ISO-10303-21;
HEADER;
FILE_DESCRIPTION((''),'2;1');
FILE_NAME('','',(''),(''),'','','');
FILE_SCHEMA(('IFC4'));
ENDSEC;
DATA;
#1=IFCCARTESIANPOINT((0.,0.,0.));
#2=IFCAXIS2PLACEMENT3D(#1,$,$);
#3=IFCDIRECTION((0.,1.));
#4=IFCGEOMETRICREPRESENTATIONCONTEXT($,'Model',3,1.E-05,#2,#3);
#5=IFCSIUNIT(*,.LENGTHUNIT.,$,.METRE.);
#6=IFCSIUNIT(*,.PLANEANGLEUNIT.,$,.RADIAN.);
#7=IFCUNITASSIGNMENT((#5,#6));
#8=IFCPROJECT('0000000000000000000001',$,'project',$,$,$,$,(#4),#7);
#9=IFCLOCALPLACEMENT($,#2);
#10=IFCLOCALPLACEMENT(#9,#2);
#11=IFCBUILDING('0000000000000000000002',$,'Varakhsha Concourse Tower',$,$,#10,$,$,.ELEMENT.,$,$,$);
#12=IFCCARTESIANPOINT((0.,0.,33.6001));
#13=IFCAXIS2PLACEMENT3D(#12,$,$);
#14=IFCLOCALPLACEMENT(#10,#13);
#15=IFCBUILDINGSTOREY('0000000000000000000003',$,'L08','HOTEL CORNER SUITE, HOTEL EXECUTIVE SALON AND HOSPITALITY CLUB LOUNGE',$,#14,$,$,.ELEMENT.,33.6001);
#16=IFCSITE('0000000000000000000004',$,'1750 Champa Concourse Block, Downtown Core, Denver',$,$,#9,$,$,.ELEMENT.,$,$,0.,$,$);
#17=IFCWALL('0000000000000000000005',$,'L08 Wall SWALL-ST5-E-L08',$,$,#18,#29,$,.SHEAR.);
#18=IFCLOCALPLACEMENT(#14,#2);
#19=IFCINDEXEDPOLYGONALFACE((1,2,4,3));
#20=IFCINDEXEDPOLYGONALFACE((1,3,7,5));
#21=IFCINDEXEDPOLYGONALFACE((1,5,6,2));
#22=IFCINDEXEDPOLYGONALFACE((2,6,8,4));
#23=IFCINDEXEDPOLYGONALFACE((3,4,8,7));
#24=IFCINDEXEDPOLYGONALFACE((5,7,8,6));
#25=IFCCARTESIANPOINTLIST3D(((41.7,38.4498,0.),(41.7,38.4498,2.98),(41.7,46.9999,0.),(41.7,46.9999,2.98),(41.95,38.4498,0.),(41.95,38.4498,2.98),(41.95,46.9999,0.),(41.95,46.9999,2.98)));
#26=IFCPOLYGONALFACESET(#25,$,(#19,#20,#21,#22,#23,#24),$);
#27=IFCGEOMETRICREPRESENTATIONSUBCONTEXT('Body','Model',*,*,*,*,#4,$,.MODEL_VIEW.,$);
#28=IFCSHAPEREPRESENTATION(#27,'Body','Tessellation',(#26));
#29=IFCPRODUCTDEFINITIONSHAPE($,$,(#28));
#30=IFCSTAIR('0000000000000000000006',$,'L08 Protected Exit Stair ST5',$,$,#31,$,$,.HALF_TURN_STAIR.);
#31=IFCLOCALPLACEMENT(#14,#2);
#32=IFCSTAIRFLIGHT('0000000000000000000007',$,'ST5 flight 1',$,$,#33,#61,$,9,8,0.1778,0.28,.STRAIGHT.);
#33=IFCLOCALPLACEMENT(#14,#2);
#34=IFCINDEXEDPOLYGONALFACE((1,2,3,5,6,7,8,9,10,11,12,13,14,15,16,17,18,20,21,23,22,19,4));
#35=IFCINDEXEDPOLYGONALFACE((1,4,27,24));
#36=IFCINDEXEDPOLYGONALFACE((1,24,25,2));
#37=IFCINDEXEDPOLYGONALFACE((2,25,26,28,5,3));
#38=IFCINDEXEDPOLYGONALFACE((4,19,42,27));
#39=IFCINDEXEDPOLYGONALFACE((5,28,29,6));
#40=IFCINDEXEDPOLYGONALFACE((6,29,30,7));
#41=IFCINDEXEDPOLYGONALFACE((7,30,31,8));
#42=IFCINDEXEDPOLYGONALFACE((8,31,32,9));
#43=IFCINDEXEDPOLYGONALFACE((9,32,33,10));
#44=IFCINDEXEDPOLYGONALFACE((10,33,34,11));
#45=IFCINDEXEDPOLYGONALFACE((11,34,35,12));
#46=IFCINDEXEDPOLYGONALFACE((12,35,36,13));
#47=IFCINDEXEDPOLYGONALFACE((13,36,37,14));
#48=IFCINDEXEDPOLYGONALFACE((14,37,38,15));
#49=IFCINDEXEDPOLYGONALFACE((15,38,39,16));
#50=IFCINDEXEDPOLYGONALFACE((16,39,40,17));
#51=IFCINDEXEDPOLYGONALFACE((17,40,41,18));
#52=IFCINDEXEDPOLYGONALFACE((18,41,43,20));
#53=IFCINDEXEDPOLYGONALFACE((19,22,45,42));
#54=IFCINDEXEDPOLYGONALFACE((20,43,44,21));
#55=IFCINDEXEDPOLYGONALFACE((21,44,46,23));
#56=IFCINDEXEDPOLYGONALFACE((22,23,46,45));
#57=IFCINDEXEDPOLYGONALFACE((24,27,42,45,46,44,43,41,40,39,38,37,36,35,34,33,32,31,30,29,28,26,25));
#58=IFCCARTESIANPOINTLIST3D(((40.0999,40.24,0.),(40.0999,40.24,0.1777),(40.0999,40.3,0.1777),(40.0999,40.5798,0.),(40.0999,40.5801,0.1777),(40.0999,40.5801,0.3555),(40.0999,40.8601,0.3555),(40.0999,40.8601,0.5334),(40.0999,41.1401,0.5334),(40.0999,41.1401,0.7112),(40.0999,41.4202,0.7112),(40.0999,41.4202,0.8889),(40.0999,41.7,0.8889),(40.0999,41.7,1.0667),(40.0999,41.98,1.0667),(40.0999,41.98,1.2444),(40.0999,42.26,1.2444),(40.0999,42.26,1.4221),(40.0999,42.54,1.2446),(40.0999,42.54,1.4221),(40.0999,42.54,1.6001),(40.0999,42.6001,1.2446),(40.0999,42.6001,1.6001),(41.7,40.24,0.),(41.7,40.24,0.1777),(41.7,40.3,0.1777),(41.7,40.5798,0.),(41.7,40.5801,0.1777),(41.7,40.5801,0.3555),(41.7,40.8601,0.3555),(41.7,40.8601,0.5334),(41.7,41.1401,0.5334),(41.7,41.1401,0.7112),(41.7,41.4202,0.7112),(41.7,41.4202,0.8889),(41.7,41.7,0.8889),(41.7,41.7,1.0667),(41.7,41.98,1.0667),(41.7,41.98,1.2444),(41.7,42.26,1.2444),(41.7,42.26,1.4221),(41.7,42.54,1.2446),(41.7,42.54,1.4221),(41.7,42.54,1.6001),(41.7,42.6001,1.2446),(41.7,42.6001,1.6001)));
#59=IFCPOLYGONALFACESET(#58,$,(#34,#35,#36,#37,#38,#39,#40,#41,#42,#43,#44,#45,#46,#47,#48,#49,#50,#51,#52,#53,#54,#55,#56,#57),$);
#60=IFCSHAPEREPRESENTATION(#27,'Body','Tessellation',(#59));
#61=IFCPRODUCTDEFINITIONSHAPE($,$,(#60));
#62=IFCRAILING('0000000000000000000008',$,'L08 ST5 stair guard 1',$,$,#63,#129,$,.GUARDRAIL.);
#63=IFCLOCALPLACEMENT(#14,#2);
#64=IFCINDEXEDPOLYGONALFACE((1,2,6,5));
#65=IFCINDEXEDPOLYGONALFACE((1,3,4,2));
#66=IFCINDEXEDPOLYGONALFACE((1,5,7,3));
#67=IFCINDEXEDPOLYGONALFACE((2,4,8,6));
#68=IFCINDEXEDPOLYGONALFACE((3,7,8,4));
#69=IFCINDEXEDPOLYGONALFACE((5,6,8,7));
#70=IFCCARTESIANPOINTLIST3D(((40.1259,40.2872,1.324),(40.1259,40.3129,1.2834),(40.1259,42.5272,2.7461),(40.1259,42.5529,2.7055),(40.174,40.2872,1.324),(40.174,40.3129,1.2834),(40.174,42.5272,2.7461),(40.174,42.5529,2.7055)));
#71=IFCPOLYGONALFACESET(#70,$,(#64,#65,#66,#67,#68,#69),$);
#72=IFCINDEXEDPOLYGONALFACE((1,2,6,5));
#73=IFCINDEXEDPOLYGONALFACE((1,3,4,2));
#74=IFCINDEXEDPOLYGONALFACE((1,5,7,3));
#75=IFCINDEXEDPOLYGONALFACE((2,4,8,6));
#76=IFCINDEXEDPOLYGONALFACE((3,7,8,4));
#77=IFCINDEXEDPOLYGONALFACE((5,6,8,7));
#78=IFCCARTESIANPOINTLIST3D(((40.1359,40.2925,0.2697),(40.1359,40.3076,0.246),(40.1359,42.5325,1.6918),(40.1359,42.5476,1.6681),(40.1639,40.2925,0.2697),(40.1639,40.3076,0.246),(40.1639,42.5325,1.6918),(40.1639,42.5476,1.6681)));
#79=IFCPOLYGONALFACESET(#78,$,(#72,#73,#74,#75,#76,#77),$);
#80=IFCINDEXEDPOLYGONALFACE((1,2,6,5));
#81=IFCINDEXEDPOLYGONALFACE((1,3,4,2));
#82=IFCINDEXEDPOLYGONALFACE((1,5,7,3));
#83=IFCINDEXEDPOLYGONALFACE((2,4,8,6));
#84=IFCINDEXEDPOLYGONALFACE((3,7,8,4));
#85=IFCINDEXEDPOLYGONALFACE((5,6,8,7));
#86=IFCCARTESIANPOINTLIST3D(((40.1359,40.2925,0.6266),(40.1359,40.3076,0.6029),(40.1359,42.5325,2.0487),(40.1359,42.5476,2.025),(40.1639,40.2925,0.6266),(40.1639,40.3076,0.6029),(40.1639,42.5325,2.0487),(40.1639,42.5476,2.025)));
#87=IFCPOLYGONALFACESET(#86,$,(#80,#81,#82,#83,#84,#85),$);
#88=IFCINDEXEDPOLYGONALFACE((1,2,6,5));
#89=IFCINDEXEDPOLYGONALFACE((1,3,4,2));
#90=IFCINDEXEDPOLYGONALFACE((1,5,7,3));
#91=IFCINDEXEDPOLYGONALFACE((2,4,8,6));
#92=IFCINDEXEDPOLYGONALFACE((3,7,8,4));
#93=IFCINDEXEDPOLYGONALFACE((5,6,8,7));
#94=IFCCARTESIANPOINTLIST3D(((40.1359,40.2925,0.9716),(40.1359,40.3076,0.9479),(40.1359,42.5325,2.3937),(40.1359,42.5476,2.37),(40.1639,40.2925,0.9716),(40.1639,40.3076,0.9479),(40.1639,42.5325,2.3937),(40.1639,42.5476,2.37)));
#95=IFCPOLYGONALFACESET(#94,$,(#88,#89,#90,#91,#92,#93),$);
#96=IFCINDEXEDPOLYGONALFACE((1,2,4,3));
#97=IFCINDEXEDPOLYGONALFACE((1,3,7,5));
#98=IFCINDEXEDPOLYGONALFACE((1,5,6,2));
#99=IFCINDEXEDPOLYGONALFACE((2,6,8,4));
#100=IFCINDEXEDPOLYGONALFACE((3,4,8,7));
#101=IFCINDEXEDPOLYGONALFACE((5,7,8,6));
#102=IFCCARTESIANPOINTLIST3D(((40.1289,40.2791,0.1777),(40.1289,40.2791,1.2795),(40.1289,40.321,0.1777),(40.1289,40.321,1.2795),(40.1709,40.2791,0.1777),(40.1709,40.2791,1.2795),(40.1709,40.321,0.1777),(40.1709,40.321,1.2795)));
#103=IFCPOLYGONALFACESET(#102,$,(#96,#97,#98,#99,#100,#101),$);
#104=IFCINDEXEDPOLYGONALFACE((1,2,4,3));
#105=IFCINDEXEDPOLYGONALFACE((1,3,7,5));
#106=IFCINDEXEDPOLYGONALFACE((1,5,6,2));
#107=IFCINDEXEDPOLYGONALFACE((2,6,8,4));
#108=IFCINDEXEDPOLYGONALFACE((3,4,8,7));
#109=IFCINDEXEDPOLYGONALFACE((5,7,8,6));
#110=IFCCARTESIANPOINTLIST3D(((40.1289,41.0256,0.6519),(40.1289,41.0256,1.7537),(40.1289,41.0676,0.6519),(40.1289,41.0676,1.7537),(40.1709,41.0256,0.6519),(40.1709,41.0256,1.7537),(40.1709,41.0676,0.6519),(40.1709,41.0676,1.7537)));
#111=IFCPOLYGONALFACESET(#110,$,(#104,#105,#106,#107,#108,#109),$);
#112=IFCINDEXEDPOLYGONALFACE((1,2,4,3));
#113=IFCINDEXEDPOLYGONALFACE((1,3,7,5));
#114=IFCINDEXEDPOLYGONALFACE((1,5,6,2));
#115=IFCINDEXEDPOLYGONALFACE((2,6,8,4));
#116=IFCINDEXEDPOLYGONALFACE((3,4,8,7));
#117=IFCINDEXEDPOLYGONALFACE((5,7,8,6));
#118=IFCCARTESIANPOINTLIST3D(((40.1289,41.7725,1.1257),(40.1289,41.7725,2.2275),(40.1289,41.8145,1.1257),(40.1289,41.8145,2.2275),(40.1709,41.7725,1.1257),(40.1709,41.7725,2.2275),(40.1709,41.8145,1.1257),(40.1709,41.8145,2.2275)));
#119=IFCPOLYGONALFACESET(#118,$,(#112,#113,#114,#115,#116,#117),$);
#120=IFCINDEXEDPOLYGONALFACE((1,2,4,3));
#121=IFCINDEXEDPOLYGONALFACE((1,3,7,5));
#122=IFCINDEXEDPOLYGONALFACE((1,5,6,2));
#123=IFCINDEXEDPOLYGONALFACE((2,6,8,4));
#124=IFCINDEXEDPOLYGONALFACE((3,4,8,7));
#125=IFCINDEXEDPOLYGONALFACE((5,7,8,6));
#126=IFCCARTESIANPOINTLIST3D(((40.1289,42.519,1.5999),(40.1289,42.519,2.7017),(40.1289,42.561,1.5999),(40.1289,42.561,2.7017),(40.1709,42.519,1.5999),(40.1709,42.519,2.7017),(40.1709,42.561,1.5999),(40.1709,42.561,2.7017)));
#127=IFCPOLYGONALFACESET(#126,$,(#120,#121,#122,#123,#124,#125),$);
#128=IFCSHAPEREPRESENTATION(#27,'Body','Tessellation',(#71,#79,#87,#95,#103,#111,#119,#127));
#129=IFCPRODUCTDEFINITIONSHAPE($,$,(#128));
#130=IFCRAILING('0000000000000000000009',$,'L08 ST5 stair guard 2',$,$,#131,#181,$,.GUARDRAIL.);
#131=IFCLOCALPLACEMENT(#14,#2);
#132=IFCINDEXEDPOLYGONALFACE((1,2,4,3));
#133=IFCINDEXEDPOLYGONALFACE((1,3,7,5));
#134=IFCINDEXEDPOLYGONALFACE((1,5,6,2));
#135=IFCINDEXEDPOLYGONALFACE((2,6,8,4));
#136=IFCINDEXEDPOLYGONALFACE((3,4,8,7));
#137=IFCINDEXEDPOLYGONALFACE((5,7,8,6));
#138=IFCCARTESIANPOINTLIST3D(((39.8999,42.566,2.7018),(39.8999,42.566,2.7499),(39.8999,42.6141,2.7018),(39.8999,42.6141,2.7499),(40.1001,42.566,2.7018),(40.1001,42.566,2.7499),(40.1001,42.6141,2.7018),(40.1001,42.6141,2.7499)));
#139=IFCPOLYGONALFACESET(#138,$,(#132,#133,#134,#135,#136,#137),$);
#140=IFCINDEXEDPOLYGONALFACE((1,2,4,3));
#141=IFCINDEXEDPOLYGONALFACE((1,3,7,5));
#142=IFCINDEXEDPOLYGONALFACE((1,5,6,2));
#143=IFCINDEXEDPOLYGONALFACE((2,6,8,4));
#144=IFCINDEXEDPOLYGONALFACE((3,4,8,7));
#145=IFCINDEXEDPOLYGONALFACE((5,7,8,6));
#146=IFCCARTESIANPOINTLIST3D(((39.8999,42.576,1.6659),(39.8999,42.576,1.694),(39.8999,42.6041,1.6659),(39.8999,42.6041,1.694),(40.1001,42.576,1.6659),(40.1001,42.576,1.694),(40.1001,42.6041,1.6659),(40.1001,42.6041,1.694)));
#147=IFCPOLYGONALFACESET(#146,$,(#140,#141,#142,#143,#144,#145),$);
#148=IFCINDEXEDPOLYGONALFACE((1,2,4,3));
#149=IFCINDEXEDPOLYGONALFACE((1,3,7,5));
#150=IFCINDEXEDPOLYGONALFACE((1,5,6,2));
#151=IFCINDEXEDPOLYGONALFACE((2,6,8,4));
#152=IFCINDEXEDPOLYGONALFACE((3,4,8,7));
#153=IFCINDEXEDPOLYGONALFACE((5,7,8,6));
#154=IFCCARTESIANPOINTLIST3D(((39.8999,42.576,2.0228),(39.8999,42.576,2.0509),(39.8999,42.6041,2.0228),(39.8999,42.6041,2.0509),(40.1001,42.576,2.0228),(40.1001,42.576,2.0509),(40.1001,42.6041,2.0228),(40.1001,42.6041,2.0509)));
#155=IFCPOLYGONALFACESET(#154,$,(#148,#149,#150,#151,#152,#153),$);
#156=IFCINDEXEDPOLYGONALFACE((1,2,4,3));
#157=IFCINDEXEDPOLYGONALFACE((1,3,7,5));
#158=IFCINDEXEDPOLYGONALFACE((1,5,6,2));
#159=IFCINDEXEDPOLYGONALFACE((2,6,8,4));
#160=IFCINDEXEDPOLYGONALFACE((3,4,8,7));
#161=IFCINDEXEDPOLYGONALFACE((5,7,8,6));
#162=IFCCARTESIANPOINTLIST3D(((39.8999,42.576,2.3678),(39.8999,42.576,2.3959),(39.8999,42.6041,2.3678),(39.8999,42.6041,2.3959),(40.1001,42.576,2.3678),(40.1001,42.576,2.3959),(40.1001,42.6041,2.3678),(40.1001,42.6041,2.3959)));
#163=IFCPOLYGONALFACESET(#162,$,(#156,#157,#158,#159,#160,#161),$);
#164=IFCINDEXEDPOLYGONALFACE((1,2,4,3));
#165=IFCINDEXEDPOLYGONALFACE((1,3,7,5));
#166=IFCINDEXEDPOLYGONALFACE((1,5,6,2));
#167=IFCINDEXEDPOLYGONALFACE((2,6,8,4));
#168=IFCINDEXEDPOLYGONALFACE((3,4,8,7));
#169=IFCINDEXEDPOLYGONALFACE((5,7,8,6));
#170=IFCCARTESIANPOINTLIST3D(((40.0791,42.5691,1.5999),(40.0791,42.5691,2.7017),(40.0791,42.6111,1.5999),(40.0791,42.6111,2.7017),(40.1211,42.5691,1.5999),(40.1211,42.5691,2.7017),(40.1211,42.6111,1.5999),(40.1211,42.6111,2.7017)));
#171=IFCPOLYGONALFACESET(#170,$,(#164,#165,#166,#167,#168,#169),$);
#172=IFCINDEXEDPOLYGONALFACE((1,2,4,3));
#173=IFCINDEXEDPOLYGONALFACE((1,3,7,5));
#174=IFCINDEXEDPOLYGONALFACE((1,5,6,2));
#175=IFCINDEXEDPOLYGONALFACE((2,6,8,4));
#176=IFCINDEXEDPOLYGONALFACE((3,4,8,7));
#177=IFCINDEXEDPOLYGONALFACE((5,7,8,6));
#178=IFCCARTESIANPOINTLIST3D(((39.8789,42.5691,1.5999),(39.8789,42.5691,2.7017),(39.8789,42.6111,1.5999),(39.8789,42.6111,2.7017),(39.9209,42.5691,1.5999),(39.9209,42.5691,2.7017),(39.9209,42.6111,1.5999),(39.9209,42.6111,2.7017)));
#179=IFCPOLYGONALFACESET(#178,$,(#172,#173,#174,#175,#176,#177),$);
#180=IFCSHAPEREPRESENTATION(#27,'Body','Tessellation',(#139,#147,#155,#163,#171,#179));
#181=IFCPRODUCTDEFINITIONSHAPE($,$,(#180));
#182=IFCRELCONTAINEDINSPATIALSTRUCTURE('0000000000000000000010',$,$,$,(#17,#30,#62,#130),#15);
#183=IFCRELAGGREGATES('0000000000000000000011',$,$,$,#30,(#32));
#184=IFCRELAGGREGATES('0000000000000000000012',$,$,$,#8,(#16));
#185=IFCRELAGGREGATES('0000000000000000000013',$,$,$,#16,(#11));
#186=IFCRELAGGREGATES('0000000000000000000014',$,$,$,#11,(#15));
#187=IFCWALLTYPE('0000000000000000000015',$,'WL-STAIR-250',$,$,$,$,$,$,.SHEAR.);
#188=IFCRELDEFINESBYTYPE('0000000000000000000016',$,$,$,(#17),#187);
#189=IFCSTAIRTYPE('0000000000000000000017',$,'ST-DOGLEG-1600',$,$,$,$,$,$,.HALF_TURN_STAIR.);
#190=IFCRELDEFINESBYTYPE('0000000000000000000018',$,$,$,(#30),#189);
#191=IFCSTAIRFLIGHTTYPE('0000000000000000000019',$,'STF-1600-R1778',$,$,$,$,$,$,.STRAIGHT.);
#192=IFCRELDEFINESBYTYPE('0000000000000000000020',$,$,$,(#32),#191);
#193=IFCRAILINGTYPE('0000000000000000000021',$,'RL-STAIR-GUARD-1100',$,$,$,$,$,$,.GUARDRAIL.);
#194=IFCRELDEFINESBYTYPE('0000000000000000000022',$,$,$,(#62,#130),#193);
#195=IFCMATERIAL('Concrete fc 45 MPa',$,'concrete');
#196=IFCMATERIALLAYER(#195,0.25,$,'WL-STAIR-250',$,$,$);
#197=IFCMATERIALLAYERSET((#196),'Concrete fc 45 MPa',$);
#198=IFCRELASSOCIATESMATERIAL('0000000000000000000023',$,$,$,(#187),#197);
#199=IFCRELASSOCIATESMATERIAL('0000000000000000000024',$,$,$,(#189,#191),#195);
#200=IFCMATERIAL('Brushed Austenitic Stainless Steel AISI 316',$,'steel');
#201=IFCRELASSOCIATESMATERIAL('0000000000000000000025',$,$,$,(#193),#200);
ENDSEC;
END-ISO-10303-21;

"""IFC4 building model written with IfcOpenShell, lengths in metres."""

from ifc_helpers import new_model, si_unit, direction, frame, frame_2d, origin, origin_2d, place, context, subcontext, project, spatial, polyline, rectangle, outline, extrude, material, layer, layer_set, type_object, element, aggregate, save


model = new_model("IFC4")

# Units and contexts
model_context = context("Model", 3, precision=1e-05, world=origin(), true_north=direction((0.0, 1.0)))
body_context = subcontext(model_context, "Body", "Model", "MODEL_VIEW")
ifc_project = project(units=[si_unit("LENGTHUNIT", "METRE"), si_unit("PLANEANGLEUNIT", "RADIAN")], contexts=[model_context])

# Site, building, storey
site_placement = place(None, origin())
site = spatial("IfcSite", under=ifc_project, at=site_placement, Name="1750 Champa Concourse Block, Downtown Core, Denver", CompositionType="ELEMENT", RefElevation=0.0)
building_placement = place(site_placement, origin())
building = spatial("IfcBuilding", under=site, at=building_placement, Name="Varakhsha Concourse Tower", CompositionType="ELEMENT")
storey_placement = place(building_placement, frame((0.0, 0.0, 33.6001)))
storey = spatial("IfcBuildingStorey", under=building, at=storey_placement, Name="L08", Description="HOTEL CORNER SUITE, HOTEL EXECUTIVE SALON AND HOSPITALITY CLUB LOUNGE", CompositionType="ELEMENT", Elevation=33.6001)

# Shared definitions
ifc_material_1 = material(Name="Concrete fc 45 MPa", Category="concrete")

# Wall
ifc_layer_1 = layer(ifc_material_1, 0.25, Name="WL-STAIR-250")
ifc_layer_set_1 = layer_set([ifc_layer_1], Name="Concrete fc 45 MPa")
wall_type_1 = type_object("IfcWallType", Name="WL-STAIR-250", PredefinedType="SHEAR", material=ifc_layer_set_1)
wall_1_placement = place(storey_placement, frame((41.825, 38.45, 0.0), z_axis=(0.0, 0.0, 1.0), x_axis=(0.0, 1.0, 0.0)))
element("IfcWall", 1, at=wall_1_placement, inside=storey, type_object=wall_type_1, Name="L08 Wall SWALL-ST5-E-L08", PredefinedType="SHEAR", context=body_context, shape_type="SweptSolid", body=[
    extrude(rectangle(XDim=8.55, YDim=0.25, at=frame_2d((4.2749, 0.0))), origin(), (0.0, 0.0, 1.0), 2.98),
])

# Stair, stair flight
stair_type = type_object("IfcStairType", Name="ST-DOGLEG-1600", PredefinedType="HALF_TURN_STAIR", material=ifc_material_1)
stair_placement = place(storey_placement, origin())
stair = element("IfcStair", 2, at=stair_placement, inside=storey, type_object=stair_type, Name="L08 Protected Exit Stair ST5", PredefinedType="HALF_TURN_STAIR")
stair_flight_type = type_object("IfcStairFlightType", Name="STF-1600-R1778", PredefinedType="STRAIGHT", material=ifc_material_1)
stair_flight_placement = place(storey_placement, frame((40.8999, 40.3, 0.0), z_axis=(0.0, 0.0, 1.0), x_axis=(0.0, 1.0, 0.0)))
stair_flight = element("IfcStairFlight", 3, at=stair_flight_placement, type_object=stair_flight_type, Name="ST5 flight 1", NumberOfRisers=9, NumberOfTreads=8, PredefinedType="STRAIGHT", RiserHeight=0.1778, TreadLength=0.28, context=body_context, shape_type="SweptSolid", body=[
    extrude(outline(polyline([(-0.0601, 0.0), (-0.0601, 0.1777), (0.0, 0.1777), (0.28, 0.1777), (0.28, 0.3555), (0.5601, 0.3555), (0.5601, 0.5334), (0.8401, 0.5334), (0.8401, 0.7112), (1.1201, 0.7112), (1.1201, 0.8889), (1.3999, 0.8889), (1.3999, 1.0667), (1.6799, 1.0667), (1.6799, 1.2444), (1.96, 1.2444), (1.96, 1.4221), (2.24, 1.4221), (2.24, 1.6001), (2.3, 1.6001), (2.3, 1.2446), (2.24, 1.2446), (0.2798, 0.0), (-0.0601, 0.0)])), frame((0.0, 0.8, 0.0), z_axis=(0.0, -1.0, 0.0), x_axis=(1.0, 0.0, 0.0)), (0.0, 0.0, 1.0), 1.6001),
])
aggregate(stair, [stair_flight])

# Railings
ifc_material_2 = material(Name="Brushed Austenitic Stainless Steel AISI 316", Category="steel")
railing_type_1 = type_object("IfcRailingType", Name="RL-STAIR-GUARD-1100", PredefinedType="GUARDRAIL", material=ifc_material_2)
railing_1_placement = place(storey_placement, frame((40.1499, 40.3, 0.1777)))
element("IfcRailing", 4, at=railing_1_placement, inside=storey, type_object=railing_type_1, Name="L08 ST5 stair guard 1", PredefinedType="GUARDRAIL", context=body_context, shape_type="SweptSolid", body=[
    extrude(rectangle(XDim=0.0481, YDim=0.0481, at=origin_2d()), frame((0.0, 0.0, 1.126), z_axis=(0.0, 0.844229, 0.535982), x_axis=(-1.0, 0.0, 0.0)), (0.0, 0.0, 1.0), 2.6533),
    extrude(rectangle(XDim=0.0281, YDim=0.0281, at=origin_2d()), frame((0.0, 0.0, 0.0801), z_axis=(0.0, 0.844229, 0.535982), x_axis=(-1.0, 0.0, 0.0)), (0.0, 0.0, 1.0), 2.6533),
    extrude(rectangle(XDim=0.0281, YDim=0.0281, at=origin_2d()), frame((0.0, 0.0, 0.437), z_axis=(0.0, 0.844229, 0.535982), x_axis=(-1.0, 0.0, 0.0)), (0.0, 0.0, 1.0), 2.6533),
    extrude(rectangle(XDim=0.0281, YDim=0.0281, at=origin_2d()), frame((0.0, 0.0, 0.782), z_axis=(0.0, 0.844229, 0.535982), x_axis=(-1.0, 0.0, 0.0)), (0.0, 0.0, 1.0), 2.6533),
    extrude(rectangle(XDim=0.042, YDim=0.042, at=origin_2d()), origin(), (0.0, 0.0, 1.0), 1.1018),
    extrude(rectangle(XDim=0.042, YDim=0.042, at=origin_2d()), frame((0.0, 0.7466, 0.4741)), (0.0, 0.0, 1.0), 1.1018),
    extrude(rectangle(XDim=0.042, YDim=0.042, at=origin_2d()), frame((0.0, 1.4934, 0.948)), (0.0, 0.0, 1.0), 1.1018),
    extrude(rectangle(XDim=0.042, YDim=0.042, at=origin_2d()), frame((0.0, 2.24, 1.4221)), (0.0, 0.0, 1.0), 1.1018),
])
for number, where, name in (
    (5, (40.1001, 42.5901, 1.5999), "L08 ST5 stair guard 2"),
):
    element("IfcRailing", number, at=place(storey_placement, frame(where)), inside=storey, type_object=railing_type_1, Name=name, PredefinedType="GUARDRAIL", context=body_context, shape_type="SweptSolid", body=[
        extrude(rectangle(XDim=0.0481, YDim=0.0481, at=origin_2d()), frame((0.0, 0.0, 1.126), z_axis=(-1.0, 0.0, 0.0), x_axis=(0.0, -1.0, 0.0)), (0.0, 0.0, 1.0), 0.2002),
        extrude(rectangle(XDim=0.0281, YDim=0.0281, at=origin_2d()), frame((0.0, 0.0, 0.0801), z_axis=(-1.0, 0.0, 0.0), x_axis=(0.0, -1.0, 0.0)), (0.0, 0.0, 1.0), 0.2002),
        extrude(rectangle(XDim=0.0281, YDim=0.0281, at=origin_2d()), frame((0.0, 0.0, 0.437), z_axis=(-1.0, 0.0, 0.0), x_axis=(0.0, -1.0, 0.0)), (0.0, 0.0, 1.0), 0.2002),
        extrude(rectangle(XDim=0.0281, YDim=0.0281, at=origin_2d()), frame((0.0, 0.0, 0.782), z_axis=(-1.0, 0.0, 0.0), x_axis=(0.0, -1.0, 0.0)), (0.0, 0.0, 1.0), 0.2002),
        extrude(rectangle(XDim=0.042, YDim=0.042, at=origin_2d()), origin(), (0.0, 0.0, 1.0), 1.1018),
        extrude(rectangle(XDim=0.042, YDim=0.042, at=origin_2d()), frame((-0.2002, 0.0, 0.0)), (0.0, 0.0, 1.0), 1.1018),
    ])

save(model, "model.ifc")
